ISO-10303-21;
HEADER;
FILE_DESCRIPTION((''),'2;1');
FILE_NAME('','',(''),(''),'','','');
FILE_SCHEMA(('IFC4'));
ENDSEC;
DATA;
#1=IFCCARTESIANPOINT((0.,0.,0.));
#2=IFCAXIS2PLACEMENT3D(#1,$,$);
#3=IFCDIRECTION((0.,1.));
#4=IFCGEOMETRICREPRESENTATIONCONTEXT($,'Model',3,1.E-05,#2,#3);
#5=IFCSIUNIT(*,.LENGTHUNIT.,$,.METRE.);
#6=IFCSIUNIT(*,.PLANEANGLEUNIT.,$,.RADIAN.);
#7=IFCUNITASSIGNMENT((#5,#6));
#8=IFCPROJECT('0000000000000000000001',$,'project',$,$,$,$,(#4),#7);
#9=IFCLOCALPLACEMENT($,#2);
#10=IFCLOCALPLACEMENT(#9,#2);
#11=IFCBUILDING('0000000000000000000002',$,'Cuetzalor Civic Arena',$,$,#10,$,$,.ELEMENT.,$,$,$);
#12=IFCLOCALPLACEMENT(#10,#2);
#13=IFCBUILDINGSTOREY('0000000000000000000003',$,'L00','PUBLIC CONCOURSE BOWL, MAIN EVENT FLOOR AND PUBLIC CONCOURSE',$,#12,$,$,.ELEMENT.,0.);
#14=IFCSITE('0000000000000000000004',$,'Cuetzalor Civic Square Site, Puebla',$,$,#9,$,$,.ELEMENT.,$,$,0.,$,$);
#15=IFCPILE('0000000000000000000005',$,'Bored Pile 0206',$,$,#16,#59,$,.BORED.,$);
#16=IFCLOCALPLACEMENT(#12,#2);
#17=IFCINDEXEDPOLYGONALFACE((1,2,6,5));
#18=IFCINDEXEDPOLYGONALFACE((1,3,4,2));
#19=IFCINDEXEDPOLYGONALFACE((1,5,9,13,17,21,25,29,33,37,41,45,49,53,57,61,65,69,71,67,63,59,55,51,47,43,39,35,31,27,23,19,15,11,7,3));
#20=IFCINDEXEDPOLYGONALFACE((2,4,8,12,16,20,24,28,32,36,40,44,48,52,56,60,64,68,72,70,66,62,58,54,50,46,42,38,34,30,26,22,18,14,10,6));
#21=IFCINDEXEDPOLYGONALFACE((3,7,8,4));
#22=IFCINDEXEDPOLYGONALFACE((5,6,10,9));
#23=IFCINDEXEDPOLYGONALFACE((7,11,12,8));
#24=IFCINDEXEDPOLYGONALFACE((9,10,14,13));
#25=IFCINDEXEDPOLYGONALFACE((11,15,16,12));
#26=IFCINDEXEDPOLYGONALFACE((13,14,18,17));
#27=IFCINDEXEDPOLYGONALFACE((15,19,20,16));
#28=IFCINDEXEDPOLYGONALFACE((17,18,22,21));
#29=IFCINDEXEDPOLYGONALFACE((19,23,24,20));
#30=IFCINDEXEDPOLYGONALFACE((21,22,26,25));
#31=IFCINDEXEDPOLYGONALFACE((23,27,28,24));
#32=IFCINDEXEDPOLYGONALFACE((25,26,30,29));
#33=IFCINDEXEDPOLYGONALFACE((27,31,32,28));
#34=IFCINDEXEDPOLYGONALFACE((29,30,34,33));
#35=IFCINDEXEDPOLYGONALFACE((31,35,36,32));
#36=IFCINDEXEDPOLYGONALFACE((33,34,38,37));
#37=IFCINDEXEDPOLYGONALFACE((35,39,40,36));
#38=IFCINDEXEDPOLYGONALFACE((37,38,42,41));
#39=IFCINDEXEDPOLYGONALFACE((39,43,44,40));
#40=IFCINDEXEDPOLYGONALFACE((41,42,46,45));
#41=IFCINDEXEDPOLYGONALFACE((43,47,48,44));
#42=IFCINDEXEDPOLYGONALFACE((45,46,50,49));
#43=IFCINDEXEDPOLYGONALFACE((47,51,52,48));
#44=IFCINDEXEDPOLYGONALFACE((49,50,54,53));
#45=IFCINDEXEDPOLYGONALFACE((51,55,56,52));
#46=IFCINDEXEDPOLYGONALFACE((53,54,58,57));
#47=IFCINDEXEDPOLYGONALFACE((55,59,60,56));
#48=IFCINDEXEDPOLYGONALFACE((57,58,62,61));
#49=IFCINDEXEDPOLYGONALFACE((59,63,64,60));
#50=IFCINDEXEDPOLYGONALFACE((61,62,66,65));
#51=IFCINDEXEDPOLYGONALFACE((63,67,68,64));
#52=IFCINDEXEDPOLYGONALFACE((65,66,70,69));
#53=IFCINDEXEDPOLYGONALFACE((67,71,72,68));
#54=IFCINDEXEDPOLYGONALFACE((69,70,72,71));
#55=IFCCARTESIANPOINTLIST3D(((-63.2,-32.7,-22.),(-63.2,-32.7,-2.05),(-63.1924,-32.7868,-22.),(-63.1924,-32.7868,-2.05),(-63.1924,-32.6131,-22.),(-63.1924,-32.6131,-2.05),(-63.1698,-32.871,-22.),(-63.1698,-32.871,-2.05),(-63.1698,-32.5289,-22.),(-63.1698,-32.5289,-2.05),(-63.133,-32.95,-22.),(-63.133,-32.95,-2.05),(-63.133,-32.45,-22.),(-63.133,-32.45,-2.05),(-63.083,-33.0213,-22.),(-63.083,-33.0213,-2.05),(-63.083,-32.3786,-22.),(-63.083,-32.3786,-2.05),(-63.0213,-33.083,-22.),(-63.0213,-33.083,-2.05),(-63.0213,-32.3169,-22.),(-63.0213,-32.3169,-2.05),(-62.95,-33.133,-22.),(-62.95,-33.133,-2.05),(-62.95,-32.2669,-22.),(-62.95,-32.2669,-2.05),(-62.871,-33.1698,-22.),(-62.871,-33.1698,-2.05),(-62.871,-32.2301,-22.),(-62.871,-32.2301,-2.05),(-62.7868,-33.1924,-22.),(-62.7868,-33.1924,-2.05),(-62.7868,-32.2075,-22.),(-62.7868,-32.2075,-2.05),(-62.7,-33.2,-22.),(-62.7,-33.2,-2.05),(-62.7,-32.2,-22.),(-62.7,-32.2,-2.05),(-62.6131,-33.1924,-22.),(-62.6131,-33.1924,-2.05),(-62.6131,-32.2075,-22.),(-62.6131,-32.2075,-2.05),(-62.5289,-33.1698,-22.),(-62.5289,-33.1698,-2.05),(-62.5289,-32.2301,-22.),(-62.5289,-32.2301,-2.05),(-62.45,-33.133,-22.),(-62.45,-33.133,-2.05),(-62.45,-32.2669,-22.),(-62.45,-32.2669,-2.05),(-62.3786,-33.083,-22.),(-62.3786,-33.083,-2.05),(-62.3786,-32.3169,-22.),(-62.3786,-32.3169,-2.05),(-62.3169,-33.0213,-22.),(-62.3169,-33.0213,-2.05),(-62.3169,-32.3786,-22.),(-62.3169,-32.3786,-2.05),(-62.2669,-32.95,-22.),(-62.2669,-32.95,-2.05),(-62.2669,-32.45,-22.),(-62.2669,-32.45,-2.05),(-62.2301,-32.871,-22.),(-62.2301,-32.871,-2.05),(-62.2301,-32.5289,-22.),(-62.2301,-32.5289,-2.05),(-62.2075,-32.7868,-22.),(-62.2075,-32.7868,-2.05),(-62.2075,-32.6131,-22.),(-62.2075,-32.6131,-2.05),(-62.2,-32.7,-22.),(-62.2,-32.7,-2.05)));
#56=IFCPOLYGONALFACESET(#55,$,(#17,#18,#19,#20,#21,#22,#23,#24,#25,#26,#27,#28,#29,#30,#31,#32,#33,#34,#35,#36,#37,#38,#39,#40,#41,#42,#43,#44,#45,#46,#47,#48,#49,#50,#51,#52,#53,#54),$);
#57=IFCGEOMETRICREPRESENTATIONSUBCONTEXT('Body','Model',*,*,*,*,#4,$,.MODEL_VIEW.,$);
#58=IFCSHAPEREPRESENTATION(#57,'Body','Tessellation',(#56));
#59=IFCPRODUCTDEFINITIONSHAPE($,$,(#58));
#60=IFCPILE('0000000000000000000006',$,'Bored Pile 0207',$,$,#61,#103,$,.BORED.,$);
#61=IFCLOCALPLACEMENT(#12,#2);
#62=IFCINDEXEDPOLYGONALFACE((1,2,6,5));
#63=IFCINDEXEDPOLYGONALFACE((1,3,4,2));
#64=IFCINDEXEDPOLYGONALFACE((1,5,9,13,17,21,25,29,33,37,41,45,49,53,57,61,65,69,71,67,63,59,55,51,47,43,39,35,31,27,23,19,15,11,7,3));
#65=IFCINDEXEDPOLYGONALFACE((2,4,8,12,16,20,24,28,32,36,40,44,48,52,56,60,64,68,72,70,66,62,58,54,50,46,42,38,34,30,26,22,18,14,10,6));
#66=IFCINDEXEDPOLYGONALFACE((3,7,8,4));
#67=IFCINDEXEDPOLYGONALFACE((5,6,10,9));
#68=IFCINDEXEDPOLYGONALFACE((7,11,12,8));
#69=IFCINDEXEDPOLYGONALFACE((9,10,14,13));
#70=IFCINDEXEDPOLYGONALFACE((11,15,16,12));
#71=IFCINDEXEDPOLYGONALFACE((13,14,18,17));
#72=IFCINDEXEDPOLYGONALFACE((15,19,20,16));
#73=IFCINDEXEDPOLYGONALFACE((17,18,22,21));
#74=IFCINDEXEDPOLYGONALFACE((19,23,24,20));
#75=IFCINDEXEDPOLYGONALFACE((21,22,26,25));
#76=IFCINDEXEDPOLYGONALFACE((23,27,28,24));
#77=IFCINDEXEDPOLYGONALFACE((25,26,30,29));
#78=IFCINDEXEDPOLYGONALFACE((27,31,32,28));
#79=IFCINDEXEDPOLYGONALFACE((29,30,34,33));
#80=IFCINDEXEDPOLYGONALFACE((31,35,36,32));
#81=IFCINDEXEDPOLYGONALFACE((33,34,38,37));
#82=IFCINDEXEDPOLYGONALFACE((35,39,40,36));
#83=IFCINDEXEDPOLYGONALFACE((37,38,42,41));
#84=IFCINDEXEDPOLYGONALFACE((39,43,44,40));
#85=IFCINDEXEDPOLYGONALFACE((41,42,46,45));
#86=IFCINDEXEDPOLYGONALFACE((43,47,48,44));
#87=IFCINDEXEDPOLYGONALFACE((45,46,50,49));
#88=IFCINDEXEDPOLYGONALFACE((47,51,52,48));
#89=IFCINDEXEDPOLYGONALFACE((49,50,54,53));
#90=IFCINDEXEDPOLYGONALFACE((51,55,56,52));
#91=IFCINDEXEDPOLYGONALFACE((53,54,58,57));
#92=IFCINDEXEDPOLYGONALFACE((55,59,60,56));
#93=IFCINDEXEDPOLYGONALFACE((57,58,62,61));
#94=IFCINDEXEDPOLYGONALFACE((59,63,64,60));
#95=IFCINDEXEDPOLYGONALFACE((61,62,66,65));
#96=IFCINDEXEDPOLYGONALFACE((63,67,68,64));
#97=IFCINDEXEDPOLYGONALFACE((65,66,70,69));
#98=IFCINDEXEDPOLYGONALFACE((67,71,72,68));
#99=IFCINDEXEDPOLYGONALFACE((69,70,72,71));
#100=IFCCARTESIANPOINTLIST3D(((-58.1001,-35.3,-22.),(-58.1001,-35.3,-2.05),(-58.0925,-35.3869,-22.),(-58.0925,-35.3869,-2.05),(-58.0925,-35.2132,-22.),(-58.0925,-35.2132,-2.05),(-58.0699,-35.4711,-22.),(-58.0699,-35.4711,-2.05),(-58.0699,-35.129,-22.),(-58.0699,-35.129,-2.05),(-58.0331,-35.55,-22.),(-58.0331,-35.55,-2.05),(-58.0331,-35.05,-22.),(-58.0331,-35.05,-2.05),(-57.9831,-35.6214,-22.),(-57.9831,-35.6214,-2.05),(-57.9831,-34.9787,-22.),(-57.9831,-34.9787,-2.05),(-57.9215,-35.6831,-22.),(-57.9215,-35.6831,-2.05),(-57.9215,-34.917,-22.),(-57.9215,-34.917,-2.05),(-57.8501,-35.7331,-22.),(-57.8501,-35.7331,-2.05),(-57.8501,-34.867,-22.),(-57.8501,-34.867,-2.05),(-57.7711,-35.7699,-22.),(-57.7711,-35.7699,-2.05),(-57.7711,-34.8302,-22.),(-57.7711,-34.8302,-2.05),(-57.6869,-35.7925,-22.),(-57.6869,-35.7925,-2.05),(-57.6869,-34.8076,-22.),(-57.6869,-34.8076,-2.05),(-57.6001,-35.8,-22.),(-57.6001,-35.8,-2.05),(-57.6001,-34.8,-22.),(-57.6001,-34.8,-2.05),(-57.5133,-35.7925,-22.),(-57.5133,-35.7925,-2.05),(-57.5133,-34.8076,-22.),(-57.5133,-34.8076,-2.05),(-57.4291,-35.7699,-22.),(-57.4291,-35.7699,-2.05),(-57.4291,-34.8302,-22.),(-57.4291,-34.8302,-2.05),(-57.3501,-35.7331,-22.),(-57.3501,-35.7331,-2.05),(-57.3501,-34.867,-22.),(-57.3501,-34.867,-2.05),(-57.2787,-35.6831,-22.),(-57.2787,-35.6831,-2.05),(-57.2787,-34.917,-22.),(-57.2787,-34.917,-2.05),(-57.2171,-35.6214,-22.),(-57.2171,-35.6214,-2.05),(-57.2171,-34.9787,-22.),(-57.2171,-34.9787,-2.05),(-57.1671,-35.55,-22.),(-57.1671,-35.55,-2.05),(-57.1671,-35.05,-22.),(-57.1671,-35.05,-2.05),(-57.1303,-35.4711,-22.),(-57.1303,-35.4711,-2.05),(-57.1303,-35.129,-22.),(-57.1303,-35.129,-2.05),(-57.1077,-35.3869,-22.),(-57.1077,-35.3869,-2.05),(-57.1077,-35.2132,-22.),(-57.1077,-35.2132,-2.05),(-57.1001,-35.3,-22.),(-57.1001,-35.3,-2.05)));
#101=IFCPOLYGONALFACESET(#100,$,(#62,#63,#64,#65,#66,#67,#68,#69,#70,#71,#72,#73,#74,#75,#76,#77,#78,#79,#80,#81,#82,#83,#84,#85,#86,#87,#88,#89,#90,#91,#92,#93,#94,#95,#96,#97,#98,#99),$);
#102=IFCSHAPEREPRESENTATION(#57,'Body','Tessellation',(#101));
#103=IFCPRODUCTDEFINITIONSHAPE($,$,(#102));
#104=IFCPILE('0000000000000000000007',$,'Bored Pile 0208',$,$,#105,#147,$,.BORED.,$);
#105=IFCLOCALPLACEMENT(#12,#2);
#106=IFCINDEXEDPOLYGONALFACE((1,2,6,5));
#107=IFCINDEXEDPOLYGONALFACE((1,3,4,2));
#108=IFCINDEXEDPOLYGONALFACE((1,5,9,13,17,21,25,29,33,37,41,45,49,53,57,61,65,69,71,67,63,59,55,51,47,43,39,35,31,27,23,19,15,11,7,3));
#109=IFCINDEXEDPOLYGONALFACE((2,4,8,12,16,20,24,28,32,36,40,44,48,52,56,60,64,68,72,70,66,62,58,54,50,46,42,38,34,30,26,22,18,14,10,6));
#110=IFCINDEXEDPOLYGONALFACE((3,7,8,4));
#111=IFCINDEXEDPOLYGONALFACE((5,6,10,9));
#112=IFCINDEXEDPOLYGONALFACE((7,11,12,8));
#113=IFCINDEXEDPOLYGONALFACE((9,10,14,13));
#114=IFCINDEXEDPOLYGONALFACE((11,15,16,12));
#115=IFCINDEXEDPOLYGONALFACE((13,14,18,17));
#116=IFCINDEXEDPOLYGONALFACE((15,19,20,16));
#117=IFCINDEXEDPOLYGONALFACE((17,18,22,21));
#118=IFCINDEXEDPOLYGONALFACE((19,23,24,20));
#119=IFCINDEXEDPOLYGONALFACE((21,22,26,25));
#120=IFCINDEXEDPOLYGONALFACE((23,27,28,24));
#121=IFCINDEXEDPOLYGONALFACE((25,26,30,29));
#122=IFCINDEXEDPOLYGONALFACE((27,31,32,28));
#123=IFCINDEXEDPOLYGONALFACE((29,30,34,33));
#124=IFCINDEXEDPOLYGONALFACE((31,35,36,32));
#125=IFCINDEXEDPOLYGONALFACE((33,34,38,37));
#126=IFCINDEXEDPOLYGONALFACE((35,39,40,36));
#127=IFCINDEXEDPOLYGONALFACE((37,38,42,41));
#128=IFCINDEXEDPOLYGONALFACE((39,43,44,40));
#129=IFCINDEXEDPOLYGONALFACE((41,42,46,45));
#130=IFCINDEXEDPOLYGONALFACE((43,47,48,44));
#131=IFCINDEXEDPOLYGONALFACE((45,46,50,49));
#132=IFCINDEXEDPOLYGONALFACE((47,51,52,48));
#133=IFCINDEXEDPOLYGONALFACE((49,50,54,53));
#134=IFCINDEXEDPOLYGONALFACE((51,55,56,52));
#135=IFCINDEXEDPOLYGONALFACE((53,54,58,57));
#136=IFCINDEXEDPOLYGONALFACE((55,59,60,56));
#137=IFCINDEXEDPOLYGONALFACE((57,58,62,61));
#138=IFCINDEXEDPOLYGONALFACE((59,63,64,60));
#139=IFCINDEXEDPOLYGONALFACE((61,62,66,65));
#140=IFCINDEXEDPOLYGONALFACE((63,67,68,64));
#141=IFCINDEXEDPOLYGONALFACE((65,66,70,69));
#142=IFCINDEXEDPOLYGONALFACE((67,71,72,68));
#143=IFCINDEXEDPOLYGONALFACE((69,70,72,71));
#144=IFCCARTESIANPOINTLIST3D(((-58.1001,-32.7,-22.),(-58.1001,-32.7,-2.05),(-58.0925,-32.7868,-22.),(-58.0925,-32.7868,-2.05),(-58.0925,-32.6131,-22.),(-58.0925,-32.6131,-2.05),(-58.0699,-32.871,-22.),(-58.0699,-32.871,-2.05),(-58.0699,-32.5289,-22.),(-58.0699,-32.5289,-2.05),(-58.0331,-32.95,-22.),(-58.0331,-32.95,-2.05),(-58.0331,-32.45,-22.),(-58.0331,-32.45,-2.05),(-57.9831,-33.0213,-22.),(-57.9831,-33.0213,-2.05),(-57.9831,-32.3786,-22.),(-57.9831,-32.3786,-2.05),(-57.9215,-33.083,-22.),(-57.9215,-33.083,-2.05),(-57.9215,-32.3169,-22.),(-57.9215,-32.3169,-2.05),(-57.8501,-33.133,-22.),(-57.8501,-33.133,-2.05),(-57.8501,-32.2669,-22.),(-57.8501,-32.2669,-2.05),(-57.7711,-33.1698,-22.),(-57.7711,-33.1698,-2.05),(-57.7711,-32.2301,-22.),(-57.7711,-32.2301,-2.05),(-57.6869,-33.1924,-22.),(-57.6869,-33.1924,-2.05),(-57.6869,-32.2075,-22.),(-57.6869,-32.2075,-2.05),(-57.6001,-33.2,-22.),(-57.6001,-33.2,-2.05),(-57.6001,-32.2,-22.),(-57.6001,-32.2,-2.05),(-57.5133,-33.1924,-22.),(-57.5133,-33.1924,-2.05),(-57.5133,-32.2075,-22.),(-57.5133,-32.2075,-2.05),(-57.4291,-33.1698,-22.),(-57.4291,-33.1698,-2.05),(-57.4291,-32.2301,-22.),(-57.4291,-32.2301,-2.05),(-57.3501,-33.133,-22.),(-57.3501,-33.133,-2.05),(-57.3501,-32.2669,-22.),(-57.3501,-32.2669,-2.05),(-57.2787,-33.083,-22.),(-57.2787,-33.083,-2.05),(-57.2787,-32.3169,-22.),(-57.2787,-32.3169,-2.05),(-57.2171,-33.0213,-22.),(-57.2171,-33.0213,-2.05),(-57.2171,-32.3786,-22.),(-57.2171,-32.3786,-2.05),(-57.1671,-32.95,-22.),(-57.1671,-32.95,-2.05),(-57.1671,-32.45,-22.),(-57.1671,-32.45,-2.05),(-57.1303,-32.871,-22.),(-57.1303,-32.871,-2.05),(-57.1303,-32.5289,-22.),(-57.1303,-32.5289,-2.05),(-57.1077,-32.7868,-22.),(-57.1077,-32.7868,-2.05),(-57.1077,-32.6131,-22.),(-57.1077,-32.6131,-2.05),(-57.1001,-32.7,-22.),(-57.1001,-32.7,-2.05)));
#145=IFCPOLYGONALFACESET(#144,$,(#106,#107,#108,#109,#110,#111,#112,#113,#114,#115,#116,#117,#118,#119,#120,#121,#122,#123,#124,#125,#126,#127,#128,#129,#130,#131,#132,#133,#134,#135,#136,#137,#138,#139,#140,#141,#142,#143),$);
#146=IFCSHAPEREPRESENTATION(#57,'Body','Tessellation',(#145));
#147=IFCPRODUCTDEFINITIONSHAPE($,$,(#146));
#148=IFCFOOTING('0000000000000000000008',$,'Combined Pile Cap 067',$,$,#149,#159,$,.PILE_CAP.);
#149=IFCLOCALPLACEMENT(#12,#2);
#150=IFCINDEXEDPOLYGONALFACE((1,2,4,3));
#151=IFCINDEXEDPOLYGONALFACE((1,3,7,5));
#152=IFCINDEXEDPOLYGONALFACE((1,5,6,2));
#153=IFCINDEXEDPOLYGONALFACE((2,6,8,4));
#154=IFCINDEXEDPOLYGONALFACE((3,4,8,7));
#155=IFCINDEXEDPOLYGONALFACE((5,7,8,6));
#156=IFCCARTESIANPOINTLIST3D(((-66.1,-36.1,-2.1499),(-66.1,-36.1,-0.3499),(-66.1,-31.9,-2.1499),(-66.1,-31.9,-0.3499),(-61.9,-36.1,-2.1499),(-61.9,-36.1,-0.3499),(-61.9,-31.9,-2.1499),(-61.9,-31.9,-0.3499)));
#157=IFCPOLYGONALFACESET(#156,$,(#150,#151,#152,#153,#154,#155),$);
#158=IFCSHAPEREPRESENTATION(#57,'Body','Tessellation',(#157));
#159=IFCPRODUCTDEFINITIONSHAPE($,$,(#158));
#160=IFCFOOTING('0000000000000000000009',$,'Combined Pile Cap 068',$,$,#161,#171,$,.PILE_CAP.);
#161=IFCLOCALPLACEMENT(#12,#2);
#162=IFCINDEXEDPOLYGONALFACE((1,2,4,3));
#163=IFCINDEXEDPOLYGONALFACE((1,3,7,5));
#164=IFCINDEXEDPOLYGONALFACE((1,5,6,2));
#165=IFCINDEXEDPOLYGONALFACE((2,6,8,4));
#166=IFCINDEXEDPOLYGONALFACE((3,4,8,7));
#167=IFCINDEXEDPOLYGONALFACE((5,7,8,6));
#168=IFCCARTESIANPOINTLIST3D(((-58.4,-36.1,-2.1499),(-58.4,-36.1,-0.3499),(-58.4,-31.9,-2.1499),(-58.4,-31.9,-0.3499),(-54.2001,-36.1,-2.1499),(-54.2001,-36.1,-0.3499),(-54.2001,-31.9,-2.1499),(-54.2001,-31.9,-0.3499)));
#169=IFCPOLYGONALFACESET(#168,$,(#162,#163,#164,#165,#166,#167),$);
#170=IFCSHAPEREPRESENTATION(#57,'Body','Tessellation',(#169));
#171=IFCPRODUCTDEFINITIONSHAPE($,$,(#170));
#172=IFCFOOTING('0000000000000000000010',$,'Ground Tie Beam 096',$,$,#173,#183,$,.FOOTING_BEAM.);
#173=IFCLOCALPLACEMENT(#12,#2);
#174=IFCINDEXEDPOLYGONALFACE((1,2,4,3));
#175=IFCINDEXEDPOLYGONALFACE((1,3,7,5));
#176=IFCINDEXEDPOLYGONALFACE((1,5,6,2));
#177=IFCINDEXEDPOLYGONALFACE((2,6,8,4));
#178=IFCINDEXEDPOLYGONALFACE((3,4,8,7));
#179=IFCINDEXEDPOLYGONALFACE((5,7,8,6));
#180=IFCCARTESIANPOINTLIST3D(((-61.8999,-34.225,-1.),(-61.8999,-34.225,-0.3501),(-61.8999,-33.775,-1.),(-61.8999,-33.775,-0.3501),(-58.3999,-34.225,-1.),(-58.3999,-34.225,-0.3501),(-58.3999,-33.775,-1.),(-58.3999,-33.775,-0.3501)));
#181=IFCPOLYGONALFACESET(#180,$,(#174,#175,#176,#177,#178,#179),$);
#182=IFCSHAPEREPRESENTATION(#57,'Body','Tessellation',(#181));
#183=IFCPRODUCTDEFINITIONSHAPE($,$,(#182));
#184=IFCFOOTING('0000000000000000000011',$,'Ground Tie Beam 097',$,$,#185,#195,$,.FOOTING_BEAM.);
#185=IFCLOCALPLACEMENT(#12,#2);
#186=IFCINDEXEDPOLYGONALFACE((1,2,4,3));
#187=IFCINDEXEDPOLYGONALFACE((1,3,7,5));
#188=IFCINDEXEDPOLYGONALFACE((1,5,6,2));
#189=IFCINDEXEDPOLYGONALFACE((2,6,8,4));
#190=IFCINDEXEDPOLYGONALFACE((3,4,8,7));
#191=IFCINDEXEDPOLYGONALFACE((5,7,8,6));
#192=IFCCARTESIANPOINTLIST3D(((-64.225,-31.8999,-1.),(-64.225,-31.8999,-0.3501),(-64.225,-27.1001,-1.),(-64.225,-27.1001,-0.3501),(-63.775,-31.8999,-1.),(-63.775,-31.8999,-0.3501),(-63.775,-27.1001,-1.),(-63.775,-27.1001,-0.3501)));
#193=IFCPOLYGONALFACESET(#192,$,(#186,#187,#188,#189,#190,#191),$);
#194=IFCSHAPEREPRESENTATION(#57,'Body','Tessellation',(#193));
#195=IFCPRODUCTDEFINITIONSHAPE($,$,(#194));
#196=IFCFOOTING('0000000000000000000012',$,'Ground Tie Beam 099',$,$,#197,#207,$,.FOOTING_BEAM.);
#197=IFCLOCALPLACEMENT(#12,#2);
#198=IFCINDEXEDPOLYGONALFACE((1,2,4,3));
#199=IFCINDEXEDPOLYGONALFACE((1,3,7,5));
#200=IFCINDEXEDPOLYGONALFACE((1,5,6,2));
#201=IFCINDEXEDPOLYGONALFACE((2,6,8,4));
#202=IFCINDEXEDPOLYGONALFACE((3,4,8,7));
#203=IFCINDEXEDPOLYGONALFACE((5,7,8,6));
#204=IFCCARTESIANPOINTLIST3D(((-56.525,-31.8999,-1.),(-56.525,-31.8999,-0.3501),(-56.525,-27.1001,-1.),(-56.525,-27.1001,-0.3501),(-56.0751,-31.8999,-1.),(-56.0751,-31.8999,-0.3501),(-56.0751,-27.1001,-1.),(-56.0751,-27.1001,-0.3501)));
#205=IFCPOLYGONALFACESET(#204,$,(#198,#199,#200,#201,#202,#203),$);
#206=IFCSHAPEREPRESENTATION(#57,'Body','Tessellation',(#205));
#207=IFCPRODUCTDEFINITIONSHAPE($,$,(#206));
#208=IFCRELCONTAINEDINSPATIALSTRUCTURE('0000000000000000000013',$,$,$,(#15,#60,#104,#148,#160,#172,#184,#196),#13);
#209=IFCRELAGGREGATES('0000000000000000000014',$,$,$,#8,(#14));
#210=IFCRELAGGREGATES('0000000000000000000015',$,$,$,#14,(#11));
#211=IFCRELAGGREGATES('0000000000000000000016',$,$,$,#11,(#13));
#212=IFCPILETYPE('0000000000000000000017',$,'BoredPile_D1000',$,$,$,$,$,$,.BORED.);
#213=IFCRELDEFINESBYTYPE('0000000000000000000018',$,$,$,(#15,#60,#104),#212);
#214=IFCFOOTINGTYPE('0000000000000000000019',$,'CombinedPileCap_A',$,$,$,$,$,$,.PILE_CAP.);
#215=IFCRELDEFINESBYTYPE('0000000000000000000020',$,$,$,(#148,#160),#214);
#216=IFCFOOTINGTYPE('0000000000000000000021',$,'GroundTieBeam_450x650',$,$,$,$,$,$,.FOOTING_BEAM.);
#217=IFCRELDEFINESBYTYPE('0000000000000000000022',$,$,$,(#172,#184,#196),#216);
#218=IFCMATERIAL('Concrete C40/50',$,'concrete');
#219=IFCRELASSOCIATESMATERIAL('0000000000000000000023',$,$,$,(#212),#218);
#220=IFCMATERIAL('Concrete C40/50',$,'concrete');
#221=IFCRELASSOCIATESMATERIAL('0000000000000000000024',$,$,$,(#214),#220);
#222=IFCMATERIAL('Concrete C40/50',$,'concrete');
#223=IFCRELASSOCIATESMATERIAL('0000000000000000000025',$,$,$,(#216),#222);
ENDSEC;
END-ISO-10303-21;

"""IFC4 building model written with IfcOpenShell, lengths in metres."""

from ifc_helpers import new_model, si_unit, direction, frame, origin, origin_2d, place, context, subcontext, project, spatial, rectangle, circle, extrude, material, material_profile, profile_set, type_object, element, save


model = new_model("IFC4")

# Units and contexts
model_context = context("Model", 3, precision=1e-05, world=origin(), true_north=direction((0.0, 1.0)))
body_context = subcontext(model_context, "Body", "Model", "MODEL_VIEW")
ifc_project = project(units=[si_unit("LENGTHUNIT", "METRE"), si_unit("PLANEANGLEUNIT", "RADIAN")], contexts=[model_context])

# Site, building, storey
site_placement = place(None, origin())
site = spatial("IfcSite", under=ifc_project, at=site_placement, Name="Cuetzalor Civic Square Site, Puebla", CompositionType="ELEMENT", RefElevation=0.0)
building_placement = place(site_placement, origin())
building = spatial("IfcBuilding", under=site, at=building_placement, Name="Cuetzalor Civic Arena", CompositionType="ELEMENT")
storey_placement = place(building_placement, origin())
storey = spatial("IfcBuildingStorey", under=building, at=storey_placement, Name="L00", Description="PUBLIC CONCOURSE BOWL, MAIN EVENT FLOOR AND PUBLIC CONCOURSE", CompositionType="ELEMENT", Elevation=0.0)

# Piles
ifc_material_1 = material(Name="Concrete C40/50", Category="concrete")
ifc_material_profile_1 = material_profile(ifc_material_1, circle(Radius=0.5, at=origin_2d()), Name="BORED PILE D1000")
ifc_profile_set_1 = profile_set([ifc_material_profile_1], Name="Concrete C40/50")
pile_type = type_object("IfcPileType", Name="BoredPile_D1000", PredefinedType="BORED", material=ifc_profile_set_1)
for number, where, z_axis, x_axis, name in (
    (1, (-62.7, -32.7, -2.05), (0.0, 0.0, -1.0), (1.0, 0.0, 0.0), "Bored Pile 0206"),
    (2, (-57.6001, -35.3, -2.05), (0.0, 0.0, -1.0), (1.0, 0.0, 0.0), "Bored Pile 0207"),
    (3, (-57.6001, -32.7, -2.05), (0.0, 0.0, -1.0), (1.0, 0.0, 0.0), "Bored Pile 0208"),
):
    element("IfcPile", number, at=place(storey_placement, frame(where, z_axis=z_axis, x_axis=x_axis)), inside=storey, type_object=pile_type, Name=name, PredefinedType="BORED", context=body_context, shape_type="SweptSolid", body=[
        extrude(circle(Radius=0.5, at=origin_2d()), origin(), (0.0, 0.0, 1.0), 19.95),
    ])

# Footings
ifc_material_2 = material(Name="Concrete C40/50", Category="concrete")
footing_type_1 = type_object("IfcFootingType", Name="CombinedPileCap_A", PredefinedType="PILE_CAP", material=ifc_material_2)
for number, where, z_axis, x_axis, name in (
    (4, (-64.0, -34.0, -2.1499), (0.0, 0.0, 1.0), (1.0, 0.0, 0.0), "Combined Pile Cap 067"),
    (5, (-56.3, -34.0, -2.1499), (0.0, 0.0, 1.0), (1.0, 0.0, 0.0), "Combined Pile Cap 068"),
):
    element("IfcFooting", number, at=place(storey_placement, frame(where, z_axis=z_axis, x_axis=x_axis)), inside=storey, type_object=footing_type_1, Name=name, PredefinedType="PILE_CAP", context=body_context, shape_type="SweptSolid", body=[
        extrude(rectangle(XDim=4.2, YDim=4.2, at=origin_2d()), origin(), (0.0, 0.0, 1.0), 1.8),
    ])
ifc_material_3 = material(Name="Concrete C40/50", Category="concrete")
ifc_material_profile_2 = material_profile(ifc_material_3, rectangle(XDim=0.45, YDim=0.6499, at=origin_2d()), Name="RC 450x650")
ifc_profile_set_2 = profile_set([ifc_material_profile_2], Name="Concrete C40/50")
footing_type_2 = type_object("IfcFootingType", Name="GroundTieBeam_450x650", PredefinedType="FOOTING_BEAM", material=ifc_profile_set_2)
footing_placement = place(storey_placement, frame((-61.8999, -34.0, -0.675), z_axis=(1.0, 0.0, 0.0), x_axis=(0.0, 1.0, 0.0)))
element("IfcFooting", 6, at=footing_placement, inside=storey, type_object=footing_type_2, Name="Ground Tie Beam 096", PredefinedType="FOOTING_BEAM", context=body_context, shape_type="SweptSolid", body=[
    extrude(rectangle(XDim=0.45, YDim=0.6499, at=origin_2d()), origin(), (0.0, 0.0, 1.0), 3.5),
])
for number, where, z_axis, x_axis, name in (
    (7, (-64.0, -31.8999, -0.675), (0.0, 1.0, 0.0), (-1.0, 0.0, 0.0), "Ground Tie Beam 097"),
    (8, (-56.3, -31.8999, -0.675), (0.0, 1.0, 0.0), (-1.0, 0.0, 0.0), "Ground Tie Beam 099"),
):
    element("IfcFooting", number, at=place(storey_placement, frame(where, z_axis=z_axis, x_axis=x_axis)), inside=storey, type_object=footing_type_2, Name=name, PredefinedType="FOOTING_BEAM", context=body_context, shape_type="SweptSolid", body=[
        extrude(rectangle(XDim=0.45, YDim=0.6499, at=origin_2d()), origin(), (0.0, 0.0, 1.0), 4.7998),
    ])

save(model, "model.ifc")
